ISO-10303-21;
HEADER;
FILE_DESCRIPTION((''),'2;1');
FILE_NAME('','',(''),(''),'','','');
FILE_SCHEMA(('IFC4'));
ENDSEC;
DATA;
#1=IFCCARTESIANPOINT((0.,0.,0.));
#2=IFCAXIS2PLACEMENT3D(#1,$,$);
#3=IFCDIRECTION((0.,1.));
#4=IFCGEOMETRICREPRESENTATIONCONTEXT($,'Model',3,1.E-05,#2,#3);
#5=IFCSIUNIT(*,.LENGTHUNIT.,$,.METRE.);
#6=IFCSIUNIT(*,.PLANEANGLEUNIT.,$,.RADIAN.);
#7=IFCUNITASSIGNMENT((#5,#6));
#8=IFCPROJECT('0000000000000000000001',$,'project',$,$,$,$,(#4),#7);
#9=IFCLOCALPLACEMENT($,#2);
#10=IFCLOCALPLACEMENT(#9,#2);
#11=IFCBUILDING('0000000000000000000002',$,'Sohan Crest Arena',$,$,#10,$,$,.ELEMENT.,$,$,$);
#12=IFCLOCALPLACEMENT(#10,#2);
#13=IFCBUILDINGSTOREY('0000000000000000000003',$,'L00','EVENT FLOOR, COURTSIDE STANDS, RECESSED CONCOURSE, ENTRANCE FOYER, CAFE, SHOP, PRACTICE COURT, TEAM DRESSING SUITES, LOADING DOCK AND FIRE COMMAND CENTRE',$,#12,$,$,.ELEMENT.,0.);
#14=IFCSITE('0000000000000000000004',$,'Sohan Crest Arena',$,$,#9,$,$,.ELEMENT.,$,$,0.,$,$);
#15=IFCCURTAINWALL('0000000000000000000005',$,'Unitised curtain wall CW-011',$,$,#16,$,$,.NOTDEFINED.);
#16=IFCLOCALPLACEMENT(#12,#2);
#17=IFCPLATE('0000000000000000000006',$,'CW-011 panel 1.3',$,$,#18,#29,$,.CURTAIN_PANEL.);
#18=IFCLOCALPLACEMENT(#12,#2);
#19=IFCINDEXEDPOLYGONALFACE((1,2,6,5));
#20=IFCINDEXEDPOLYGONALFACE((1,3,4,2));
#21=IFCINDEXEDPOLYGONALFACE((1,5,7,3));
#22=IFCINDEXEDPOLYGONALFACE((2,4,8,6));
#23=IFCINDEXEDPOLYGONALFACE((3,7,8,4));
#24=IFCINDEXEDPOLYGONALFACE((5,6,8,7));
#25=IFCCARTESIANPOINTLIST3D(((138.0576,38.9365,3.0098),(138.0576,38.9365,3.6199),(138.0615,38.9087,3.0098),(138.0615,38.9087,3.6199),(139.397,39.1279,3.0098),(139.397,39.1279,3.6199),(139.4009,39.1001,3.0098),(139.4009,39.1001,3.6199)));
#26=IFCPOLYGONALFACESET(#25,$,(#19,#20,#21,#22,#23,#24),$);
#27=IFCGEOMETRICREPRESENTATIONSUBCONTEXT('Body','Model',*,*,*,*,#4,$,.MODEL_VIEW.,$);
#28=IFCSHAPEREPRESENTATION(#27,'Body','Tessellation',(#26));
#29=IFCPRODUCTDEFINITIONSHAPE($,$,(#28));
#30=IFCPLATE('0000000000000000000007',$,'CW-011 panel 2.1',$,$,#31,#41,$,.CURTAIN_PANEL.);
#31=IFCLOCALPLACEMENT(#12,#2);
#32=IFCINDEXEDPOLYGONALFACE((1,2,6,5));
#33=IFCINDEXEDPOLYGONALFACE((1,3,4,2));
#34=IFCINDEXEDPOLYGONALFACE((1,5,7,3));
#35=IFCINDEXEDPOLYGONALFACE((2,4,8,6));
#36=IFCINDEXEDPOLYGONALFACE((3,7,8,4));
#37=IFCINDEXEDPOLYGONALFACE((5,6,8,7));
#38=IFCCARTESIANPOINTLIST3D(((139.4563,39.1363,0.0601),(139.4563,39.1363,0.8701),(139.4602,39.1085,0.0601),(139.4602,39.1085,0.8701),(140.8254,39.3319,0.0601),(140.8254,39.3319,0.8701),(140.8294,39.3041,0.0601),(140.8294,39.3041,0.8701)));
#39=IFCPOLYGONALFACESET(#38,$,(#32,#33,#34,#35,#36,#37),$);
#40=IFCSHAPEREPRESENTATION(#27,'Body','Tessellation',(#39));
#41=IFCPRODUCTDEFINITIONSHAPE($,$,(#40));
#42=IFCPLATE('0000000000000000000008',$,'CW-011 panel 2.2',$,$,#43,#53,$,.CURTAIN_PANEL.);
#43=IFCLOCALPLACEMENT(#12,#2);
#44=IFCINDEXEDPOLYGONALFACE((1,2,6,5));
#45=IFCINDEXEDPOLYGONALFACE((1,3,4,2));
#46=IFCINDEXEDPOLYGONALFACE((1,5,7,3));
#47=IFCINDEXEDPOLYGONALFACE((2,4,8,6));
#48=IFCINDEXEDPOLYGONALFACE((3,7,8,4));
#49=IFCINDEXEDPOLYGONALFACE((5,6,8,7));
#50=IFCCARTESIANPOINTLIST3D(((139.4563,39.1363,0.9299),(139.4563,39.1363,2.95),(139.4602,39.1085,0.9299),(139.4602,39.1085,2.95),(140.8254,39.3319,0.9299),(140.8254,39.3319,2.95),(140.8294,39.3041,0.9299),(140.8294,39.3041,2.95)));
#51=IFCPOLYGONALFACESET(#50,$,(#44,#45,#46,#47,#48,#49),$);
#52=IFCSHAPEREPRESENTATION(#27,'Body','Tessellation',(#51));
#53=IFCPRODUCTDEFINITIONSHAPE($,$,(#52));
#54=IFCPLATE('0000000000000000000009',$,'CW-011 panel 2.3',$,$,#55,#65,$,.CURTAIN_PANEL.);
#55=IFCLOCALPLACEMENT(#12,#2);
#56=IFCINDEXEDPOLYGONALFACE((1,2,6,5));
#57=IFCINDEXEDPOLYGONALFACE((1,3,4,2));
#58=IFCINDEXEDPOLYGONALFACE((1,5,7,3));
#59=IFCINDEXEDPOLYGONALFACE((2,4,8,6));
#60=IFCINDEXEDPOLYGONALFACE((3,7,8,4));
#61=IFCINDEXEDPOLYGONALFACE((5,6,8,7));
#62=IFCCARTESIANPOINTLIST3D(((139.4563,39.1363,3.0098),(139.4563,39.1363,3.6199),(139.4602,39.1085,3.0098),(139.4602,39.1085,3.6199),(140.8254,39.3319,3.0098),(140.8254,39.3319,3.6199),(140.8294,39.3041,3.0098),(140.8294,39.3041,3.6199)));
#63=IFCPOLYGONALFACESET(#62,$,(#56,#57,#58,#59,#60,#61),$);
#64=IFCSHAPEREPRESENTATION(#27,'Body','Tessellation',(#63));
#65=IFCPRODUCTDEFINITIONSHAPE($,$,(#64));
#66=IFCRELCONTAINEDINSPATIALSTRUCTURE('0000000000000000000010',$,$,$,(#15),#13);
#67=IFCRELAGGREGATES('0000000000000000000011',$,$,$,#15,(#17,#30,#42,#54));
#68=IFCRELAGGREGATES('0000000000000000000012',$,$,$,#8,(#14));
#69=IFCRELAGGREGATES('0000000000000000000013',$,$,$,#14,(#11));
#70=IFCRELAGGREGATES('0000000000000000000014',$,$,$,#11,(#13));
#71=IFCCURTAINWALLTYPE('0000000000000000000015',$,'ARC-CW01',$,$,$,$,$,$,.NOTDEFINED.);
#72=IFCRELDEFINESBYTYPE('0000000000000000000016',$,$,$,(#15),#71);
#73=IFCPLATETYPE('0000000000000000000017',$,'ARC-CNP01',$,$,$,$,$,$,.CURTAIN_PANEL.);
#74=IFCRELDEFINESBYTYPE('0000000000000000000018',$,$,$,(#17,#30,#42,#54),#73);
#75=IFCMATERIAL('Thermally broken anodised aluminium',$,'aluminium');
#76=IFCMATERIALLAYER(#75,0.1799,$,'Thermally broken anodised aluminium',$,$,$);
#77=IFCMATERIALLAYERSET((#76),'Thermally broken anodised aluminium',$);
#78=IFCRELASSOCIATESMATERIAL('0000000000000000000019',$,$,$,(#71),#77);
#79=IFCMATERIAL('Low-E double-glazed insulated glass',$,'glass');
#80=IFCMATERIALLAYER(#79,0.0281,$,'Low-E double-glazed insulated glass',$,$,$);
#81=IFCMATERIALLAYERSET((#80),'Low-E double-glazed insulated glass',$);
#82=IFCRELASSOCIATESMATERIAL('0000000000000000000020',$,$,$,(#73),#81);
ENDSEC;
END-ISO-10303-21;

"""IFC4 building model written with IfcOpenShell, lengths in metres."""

from ifc_helpers import new_model, si_unit, direction, frame, origin, origin_2d, place, context, subcontext, project, spatial, rectangle, extrude, material, layer, layer_set, type_object, element, aggregate, save


model = new_model("IFC4")

# Units and contexts
model_context = context("Model", 3, precision=1e-05, world=origin(), true_north=direction((0.0, 1.0)))
body_context = subcontext(model_context, "Body", "Model", "MODEL_VIEW")
ifc_project = project(units=[si_unit("LENGTHUNIT", "METRE"), si_unit("PLANEANGLEUNIT", "RADIAN")], contexts=[model_context])

# Site, building, storey
site_placement = place(None, origin())
site = spatial("IfcSite", under=ifc_project, at=site_placement, Name="Sohan Crest Arena", CompositionType="ELEMENT", RefElevation=0.0)
building_placement = place(site_placement, origin())
building = spatial("IfcBuilding", under=site, at=building_placement, Name="Sohan Crest Arena", CompositionType="ELEMENT")
storey_placement = place(building_placement, origin())
storey = spatial("IfcBuildingStorey", under=building, at=storey_placement, Name="L00", Description="EVENT FLOOR, COURTSIDE STANDS, RECESSED CONCOURSE, ENTRANCE FOYER, CAFE, SHOP, PRACTICE COURT, TEAM DRESSING SUITES, LOADING DOCK AND FIRE COMMAND CENTRE", CompositionType="ELEMENT", Elevation=0.0)

# Curtain wall
ifc_material_1 = material(Name="Thermally broken anodised aluminium", Category="aluminium")
ifc_layer_1 = layer(ifc_material_1, 0.1799, Name="Thermally broken anodised aluminium")
ifc_layer_set_1 = layer_set([ifc_layer_1], Name="Thermally broken anodised aluminium")
curtain_wall_type = type_object("IfcCurtainWallType", Name="ARC-CW01", PredefinedType="NOTDEFINED", material=ifc_layer_set_1)
curtain_wall_1_placement = place(storey_placement, origin())
curtain_wall_1 = element("IfcCurtainWall", 1, at=curtain_wall_1_placement, inside=storey, type_object=curtain_wall_type, Name="Unitised curtain wall CW-011", PredefinedType="NOTDEFINED")

# Plates
ifc_material_2 = material(Name="Low-E double-glazed insulated glass", Category="glass")
ifc_layer_2 = layer(ifc_material_2, 0.0281, Name="Low-E double-glazed insulated glass")
ifc_layer_set_2 = layer_set([ifc_layer_2], Name="Low-E double-glazed insulated glass")
plate_type = type_object("IfcPlateType", Name="ARC-CNP01", PredefinedType="CURTAIN_PANEL", material=ifc_layer_set_2)
plate_1_placement = place(storey_placement, frame((138.7292, 39.0183, 3.0098), z_axis=(0.0, 0.0, 1.0), x_axis=(0.989944, 0.141463, 0.0)))
plate_1 = element("IfcPlate", 2, at=plate_1_placement, type_object=plate_type, Name="CW-011 panel 1.3", PredefinedType="CURTAIN_PANEL", context=body_context, shape_type="SweptSolid", body=[
    extrude(rectangle(XDim=1.353, YDim=0.0281, at=origin_2d()), origin(), (0.0, 0.0, 1.0), 0.6101),
])
plate_2_placement = place(storey_placement, frame((140.1428, 39.2202, 0.0601), z_axis=(0.0, 0.0, 1.0), x_axis=(0.989944, 0.141463, 0.0)))
plate_2 = element("IfcPlate", 3, at=plate_2_placement, type_object=plate_type, Name="CW-011 panel 2.1", PredefinedType="CURTAIN_PANEL", context=body_context, shape_type="SweptSolid", body=[
    extrude(rectangle(XDim=1.3831, YDim=0.0281, at=origin_2d()), origin(), (0.0, 0.0, 1.0), 0.8101),
])
plate_3_placement = place(storey_placement, frame((140.1428, 39.2202, 0.9299), z_axis=(0.0, 0.0, 1.0), x_axis=(0.989944, 0.141463, 0.0)))
plate_3 = element("IfcPlate", 4, at=plate_3_placement, type_object=plate_type, Name="CW-011 panel 2.2", PredefinedType="CURTAIN_PANEL", context=body_context, shape_type="SweptSolid", body=[
    extrude(rectangle(XDim=1.3831, YDim=0.0281, at=origin_2d()), origin(), (0.0, 0.0, 1.0), 2.02),
])
plate_4_placement = place(storey_placement, frame((140.1428, 39.2202, 3.0098), z_axis=(0.0, 0.0, 1.0), x_axis=(0.989944, 0.141463, 0.0)))
plate_4 = element("IfcPlate", 5, at=plate_4_placement, type_object=plate_type, Name="CW-011 panel 2.3", PredefinedType="CURTAIN_PANEL", context=body_context, shape_type="SweptSolid", body=[
    extrude(rectangle(XDim=1.3831, YDim=0.0281, at=origin_2d()), origin(), (0.0, 0.0, 1.0), 0.6101),
])
aggregate(curtain_wall_1, [plate_1, plate_2, plate_3, plate_4])

save(model, "model.ifc")
